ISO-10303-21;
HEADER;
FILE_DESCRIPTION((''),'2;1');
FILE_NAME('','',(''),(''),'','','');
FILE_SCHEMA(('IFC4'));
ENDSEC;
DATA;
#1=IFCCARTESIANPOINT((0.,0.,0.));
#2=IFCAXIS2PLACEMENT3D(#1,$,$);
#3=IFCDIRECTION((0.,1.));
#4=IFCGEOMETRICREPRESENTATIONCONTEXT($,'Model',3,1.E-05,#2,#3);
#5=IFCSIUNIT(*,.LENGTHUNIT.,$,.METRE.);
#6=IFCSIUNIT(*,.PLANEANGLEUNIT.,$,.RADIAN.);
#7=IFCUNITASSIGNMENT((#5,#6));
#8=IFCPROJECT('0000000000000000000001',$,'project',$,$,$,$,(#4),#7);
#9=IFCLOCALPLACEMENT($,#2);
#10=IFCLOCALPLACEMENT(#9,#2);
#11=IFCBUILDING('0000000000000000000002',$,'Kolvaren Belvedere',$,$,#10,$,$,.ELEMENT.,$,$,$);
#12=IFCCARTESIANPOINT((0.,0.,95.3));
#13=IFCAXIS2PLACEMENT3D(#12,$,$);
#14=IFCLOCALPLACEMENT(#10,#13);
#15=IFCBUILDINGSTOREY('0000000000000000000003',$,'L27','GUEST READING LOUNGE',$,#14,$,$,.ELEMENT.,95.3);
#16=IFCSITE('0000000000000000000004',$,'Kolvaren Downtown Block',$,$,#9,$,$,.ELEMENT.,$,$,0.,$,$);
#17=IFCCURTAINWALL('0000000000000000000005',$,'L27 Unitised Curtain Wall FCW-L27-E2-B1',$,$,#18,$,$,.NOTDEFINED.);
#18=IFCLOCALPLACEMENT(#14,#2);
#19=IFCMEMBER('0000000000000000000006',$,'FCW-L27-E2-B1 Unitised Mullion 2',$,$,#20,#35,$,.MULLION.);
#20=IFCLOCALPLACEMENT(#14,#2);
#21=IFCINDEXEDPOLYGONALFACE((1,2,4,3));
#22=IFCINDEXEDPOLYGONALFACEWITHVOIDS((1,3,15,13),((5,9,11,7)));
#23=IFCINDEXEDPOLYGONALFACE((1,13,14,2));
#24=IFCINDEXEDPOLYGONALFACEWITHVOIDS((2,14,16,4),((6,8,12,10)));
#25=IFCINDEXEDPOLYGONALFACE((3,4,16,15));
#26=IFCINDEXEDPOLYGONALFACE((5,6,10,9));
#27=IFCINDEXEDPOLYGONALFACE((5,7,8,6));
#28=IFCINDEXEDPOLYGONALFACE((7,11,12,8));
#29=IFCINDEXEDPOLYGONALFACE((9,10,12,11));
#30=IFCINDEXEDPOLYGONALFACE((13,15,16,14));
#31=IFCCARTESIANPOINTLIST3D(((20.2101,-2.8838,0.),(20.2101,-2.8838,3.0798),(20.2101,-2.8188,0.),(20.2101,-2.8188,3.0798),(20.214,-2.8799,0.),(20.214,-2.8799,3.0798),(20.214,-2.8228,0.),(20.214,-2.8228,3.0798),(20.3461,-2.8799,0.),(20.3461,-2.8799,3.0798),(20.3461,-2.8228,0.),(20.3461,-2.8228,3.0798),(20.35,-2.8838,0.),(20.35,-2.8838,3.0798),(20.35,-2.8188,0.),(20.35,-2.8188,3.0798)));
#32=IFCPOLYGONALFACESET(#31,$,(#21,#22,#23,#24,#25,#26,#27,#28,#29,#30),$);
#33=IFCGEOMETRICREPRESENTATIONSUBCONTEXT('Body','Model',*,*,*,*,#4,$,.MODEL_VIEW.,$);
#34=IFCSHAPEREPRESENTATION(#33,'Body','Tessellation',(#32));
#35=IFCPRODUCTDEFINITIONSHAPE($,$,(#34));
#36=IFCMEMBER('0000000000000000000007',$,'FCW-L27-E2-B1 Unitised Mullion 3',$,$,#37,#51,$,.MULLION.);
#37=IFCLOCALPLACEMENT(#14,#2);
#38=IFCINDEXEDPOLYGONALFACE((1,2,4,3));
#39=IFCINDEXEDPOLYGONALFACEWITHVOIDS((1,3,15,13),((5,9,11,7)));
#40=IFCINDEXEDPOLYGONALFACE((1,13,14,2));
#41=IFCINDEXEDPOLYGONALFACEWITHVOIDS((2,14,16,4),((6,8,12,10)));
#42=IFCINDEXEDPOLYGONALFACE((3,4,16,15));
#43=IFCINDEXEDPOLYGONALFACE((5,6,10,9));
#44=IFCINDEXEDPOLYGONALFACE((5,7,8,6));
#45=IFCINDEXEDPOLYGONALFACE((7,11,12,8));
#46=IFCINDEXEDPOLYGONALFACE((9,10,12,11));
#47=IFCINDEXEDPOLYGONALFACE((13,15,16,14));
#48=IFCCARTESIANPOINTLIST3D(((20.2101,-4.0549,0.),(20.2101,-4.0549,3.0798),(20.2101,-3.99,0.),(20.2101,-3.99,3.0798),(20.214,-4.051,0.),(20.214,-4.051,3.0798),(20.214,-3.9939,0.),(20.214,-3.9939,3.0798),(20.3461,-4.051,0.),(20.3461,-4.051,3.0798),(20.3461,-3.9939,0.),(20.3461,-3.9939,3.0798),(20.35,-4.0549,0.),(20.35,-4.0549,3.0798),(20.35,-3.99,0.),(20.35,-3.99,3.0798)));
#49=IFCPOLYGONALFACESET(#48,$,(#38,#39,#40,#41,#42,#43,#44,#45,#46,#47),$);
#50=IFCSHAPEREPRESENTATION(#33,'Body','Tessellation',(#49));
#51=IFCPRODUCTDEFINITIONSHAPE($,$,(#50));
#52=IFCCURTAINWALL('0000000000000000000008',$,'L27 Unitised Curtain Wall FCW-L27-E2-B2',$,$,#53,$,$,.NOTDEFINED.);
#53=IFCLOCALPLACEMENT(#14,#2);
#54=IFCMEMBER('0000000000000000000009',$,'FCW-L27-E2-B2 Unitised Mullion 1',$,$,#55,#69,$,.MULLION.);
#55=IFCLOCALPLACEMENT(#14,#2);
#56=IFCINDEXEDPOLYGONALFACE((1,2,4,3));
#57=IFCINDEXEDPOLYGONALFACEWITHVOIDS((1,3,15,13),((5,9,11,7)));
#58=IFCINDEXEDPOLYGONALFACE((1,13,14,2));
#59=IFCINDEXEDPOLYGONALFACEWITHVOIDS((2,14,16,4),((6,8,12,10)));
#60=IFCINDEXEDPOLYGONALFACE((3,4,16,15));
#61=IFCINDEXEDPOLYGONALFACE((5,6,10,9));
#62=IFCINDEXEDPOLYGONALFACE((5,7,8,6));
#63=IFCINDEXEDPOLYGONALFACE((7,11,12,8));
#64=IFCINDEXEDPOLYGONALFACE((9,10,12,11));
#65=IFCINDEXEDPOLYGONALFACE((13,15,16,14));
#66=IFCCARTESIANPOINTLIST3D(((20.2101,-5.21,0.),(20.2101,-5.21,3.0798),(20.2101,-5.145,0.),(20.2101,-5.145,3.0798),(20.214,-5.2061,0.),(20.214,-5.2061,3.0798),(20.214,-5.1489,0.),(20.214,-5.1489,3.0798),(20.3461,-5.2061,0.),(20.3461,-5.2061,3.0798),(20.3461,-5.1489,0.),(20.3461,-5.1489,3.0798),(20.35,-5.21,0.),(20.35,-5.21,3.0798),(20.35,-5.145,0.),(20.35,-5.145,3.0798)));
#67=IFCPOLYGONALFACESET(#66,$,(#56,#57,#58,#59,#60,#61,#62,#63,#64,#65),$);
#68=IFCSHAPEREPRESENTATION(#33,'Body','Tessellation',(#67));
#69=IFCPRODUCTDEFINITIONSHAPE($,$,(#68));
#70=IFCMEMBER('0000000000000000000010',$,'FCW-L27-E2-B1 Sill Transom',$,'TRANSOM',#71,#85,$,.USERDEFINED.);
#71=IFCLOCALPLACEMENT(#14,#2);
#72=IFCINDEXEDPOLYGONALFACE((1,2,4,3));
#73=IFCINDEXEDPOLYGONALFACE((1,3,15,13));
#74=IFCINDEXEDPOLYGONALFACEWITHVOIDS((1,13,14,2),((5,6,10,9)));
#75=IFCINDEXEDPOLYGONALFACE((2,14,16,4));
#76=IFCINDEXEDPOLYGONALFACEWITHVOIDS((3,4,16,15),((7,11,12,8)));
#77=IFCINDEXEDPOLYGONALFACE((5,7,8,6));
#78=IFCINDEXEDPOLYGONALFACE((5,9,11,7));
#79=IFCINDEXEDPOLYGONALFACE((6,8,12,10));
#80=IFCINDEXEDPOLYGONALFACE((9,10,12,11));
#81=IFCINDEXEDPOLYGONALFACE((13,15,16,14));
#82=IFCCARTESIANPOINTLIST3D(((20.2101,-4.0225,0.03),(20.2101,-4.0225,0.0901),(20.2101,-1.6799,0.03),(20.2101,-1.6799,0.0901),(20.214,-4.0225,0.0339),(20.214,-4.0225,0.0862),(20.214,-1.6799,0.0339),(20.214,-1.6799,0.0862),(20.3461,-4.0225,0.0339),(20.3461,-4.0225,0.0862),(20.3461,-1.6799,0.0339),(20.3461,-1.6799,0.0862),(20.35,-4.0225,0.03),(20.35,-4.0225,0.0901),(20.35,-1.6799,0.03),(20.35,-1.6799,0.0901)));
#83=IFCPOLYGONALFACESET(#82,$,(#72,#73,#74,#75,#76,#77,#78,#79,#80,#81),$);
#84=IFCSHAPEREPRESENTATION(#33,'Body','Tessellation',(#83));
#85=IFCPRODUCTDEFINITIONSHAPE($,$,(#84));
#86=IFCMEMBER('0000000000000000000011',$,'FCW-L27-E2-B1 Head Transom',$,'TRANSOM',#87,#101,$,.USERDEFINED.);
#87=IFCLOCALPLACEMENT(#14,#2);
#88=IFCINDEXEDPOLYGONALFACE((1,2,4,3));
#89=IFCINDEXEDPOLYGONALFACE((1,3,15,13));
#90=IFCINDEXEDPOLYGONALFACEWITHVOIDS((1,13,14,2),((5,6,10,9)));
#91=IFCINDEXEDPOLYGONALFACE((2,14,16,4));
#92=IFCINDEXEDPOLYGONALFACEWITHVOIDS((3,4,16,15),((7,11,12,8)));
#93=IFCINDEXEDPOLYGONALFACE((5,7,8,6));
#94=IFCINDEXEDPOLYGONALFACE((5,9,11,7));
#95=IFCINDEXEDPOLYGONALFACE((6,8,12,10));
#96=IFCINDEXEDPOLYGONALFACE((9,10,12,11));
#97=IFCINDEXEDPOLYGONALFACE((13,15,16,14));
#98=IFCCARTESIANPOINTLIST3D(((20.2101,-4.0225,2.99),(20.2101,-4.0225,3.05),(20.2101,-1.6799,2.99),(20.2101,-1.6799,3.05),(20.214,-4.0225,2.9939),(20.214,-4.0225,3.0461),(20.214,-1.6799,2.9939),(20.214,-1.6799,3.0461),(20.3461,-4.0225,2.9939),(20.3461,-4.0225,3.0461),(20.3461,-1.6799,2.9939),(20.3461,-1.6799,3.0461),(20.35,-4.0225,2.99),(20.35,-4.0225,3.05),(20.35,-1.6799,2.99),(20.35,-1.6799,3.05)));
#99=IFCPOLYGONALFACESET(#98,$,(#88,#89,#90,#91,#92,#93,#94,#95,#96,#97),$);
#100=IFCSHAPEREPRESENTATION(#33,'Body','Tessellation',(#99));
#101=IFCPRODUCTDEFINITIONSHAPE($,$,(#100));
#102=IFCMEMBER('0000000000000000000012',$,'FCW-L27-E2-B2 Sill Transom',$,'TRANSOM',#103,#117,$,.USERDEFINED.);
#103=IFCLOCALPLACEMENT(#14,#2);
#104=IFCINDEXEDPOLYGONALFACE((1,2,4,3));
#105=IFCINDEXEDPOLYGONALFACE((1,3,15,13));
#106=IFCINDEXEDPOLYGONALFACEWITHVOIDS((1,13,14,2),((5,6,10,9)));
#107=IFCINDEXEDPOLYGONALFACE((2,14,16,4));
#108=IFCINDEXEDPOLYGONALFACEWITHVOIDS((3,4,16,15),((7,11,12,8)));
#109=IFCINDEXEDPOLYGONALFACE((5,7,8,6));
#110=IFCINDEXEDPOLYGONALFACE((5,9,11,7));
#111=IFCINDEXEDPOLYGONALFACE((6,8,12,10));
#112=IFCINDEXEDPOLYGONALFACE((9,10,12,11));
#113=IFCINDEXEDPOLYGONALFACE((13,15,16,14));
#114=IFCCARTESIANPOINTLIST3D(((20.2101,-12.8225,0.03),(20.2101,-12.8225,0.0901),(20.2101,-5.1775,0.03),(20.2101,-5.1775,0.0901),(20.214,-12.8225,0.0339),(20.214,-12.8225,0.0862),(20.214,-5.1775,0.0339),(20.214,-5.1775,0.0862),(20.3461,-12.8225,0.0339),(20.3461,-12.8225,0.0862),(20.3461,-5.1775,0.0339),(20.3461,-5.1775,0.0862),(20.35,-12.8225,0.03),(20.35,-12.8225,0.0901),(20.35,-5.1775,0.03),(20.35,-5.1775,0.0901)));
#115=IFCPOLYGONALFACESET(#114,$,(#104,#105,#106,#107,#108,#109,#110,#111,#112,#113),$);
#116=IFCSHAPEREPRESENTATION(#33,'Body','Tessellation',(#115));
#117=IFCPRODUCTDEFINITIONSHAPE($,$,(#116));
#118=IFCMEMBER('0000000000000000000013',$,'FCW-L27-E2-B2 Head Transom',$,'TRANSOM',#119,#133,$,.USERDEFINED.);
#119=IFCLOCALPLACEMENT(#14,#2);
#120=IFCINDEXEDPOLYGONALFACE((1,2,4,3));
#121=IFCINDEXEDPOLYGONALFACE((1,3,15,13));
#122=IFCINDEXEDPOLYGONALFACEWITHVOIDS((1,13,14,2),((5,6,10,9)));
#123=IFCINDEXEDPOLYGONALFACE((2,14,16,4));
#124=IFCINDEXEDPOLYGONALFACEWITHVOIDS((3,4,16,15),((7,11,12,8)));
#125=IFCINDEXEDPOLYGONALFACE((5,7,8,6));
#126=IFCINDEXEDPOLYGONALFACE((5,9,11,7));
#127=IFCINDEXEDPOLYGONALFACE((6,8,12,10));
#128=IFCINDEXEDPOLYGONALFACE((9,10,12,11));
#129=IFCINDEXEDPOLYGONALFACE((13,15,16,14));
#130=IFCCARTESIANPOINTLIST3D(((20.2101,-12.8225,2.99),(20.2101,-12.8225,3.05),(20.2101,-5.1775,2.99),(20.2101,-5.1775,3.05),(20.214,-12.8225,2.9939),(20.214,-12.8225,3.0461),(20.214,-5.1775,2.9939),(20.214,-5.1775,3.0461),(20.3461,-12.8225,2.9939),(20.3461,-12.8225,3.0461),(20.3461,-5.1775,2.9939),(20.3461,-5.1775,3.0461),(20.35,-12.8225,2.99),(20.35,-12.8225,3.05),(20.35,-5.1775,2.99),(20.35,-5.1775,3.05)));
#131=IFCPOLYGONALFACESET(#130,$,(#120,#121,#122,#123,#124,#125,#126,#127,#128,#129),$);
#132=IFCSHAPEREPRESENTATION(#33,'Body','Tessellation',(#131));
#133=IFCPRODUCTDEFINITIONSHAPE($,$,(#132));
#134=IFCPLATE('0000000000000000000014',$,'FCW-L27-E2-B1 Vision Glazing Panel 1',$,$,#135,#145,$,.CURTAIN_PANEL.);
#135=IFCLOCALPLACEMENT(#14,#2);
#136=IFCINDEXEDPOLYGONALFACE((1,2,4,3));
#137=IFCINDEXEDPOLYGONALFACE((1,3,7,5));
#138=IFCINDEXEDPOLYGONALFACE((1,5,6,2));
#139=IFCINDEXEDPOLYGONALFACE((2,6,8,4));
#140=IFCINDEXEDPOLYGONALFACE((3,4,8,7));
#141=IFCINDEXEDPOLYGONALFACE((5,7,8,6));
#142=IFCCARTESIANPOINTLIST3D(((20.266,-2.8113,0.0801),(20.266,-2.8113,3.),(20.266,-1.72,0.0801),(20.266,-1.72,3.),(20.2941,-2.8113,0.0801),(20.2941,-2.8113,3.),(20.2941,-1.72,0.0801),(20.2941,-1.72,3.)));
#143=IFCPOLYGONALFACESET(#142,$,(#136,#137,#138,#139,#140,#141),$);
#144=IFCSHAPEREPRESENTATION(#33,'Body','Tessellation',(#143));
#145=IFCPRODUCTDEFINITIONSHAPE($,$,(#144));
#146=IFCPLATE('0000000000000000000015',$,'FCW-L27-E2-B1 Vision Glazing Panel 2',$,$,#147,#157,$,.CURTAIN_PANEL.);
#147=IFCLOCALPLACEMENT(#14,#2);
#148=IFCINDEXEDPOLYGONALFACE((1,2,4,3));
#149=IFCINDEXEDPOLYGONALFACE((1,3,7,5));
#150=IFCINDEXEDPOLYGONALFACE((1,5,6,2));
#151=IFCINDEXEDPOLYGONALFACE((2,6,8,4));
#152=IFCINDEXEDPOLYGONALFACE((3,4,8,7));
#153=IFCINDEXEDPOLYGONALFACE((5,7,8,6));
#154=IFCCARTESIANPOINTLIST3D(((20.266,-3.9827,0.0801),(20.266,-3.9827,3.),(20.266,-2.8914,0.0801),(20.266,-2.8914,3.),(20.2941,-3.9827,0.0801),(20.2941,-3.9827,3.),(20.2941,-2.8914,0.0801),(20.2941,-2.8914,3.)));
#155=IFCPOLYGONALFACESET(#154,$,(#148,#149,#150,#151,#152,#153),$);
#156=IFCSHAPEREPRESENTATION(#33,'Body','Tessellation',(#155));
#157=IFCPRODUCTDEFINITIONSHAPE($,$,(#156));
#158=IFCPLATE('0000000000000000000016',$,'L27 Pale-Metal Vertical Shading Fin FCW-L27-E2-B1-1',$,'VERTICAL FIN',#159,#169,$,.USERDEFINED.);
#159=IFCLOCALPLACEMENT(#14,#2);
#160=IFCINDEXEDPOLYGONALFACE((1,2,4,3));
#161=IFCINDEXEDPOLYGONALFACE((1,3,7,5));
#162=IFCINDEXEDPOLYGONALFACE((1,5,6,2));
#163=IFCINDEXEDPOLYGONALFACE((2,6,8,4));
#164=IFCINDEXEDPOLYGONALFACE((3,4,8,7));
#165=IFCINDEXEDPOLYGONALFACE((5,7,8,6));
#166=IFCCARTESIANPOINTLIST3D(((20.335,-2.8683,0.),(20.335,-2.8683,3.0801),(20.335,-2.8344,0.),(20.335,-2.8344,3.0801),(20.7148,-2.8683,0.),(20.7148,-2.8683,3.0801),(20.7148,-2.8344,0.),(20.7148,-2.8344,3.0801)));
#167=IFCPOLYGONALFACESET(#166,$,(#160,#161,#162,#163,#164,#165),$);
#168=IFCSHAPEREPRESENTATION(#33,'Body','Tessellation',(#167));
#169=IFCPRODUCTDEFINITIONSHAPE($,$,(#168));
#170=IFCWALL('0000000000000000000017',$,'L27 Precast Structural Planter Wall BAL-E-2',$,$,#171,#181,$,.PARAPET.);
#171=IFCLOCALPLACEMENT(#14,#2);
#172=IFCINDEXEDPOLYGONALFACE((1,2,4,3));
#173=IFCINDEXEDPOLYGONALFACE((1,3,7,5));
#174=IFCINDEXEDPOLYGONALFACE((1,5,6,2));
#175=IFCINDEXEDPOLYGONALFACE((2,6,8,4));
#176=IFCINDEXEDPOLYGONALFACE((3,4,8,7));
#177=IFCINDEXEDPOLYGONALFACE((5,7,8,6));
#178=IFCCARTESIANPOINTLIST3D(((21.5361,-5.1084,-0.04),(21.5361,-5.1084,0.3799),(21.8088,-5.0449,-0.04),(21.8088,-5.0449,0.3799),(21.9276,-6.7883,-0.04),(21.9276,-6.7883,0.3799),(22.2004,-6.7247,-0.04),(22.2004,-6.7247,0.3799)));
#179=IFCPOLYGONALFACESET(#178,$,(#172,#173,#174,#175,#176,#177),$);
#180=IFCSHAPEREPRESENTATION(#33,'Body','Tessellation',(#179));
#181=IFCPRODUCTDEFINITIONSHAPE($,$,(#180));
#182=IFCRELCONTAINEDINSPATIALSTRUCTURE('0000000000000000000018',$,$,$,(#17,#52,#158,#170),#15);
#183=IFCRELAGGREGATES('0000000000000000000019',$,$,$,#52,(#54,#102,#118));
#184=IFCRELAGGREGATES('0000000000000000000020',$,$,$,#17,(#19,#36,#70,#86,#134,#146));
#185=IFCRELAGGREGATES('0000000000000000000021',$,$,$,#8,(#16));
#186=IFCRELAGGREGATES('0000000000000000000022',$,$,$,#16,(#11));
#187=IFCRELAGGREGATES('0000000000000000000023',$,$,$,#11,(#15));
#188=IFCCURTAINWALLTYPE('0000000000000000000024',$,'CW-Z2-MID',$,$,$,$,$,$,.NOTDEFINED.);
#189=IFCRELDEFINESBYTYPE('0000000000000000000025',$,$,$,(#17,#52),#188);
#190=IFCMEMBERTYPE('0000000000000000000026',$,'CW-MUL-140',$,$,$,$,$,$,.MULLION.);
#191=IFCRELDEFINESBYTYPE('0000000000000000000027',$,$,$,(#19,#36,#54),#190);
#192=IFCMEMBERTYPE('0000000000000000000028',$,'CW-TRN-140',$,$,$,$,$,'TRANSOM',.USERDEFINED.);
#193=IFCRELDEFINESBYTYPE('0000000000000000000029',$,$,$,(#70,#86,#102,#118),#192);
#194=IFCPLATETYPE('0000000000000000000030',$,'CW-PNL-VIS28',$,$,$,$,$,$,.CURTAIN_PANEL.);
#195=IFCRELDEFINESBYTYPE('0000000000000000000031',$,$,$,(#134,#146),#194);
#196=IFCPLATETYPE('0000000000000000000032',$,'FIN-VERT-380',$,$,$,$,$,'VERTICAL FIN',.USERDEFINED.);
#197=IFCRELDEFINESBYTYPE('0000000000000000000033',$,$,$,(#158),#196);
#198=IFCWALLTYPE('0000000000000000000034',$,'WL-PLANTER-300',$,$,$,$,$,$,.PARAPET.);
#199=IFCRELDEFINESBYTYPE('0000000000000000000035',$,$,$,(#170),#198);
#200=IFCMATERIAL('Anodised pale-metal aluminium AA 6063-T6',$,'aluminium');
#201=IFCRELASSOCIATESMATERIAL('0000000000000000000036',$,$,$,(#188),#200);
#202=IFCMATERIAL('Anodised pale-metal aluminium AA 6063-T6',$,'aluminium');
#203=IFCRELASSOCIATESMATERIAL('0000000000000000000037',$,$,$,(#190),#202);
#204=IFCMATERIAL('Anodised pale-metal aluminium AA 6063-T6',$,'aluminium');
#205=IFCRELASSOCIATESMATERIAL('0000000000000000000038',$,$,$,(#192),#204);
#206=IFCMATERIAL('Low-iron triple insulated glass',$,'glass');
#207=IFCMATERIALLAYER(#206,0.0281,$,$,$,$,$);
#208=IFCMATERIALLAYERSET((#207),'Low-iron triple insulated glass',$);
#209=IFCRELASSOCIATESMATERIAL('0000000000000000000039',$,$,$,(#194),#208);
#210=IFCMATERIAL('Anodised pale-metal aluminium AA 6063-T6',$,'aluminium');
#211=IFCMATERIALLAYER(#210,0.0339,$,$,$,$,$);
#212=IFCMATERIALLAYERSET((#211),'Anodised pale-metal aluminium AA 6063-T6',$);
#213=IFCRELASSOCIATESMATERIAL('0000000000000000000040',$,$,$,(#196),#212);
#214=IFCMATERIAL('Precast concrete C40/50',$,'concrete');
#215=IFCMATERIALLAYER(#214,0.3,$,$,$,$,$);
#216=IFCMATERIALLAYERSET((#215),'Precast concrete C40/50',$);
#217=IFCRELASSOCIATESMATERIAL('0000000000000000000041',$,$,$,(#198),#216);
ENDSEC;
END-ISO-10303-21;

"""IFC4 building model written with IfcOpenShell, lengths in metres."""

from ifc_helpers import new_model, si_unit, direction, frame, frame_2d, origin, origin_2d, place, context, subcontext, project, spatial, rectangle, hollow_rectangle, extrude, material, layer, layer_set, material_profile, profile_set, type_object, element, aggregate, save


model = new_model("IFC4")

# Units and contexts
model_context = context("Model", 3, precision=1e-05, world=origin(), true_north=direction((0.0, 1.0)))
body_context = subcontext(model_context, "Body", "Model", "MODEL_VIEW")
ifc_project = project(units=[si_unit("LENGTHUNIT", "METRE"), si_unit("PLANEANGLEUNIT", "RADIAN")], contexts=[model_context])

# Site, building, storey
site_placement = place(None, origin())
site = spatial("IfcSite", under=ifc_project, at=site_placement, Name="Kolvaren Downtown Block", CompositionType="ELEMENT", RefElevation=0.0)
building_placement = place(site_placement, origin())
building = spatial("IfcBuilding", under=site, at=building_placement, Name="Kolvaren Belvedere", CompositionType="ELEMENT")
storey_placement = place(building_placement, frame((0.0, 0.0, 95.3)))
storey = spatial("IfcBuildingStorey", under=building, at=storey_placement, Name="L27", Description="GUEST READING LOUNGE", CompositionType="ELEMENT", Elevation=95.3)

# Curtain wall, members
ifc_material_1 = material(Name="Anodised pale-metal aluminium AA 6063-T6", Category="aluminium")
curtain_wall_type = type_object("IfcCurtainWallType", Name="CW-Z2-MID", PredefinedType="NOTDEFINED", material=ifc_material_1)
curtain_wall_1_placement = place(storey_placement, origin())
curtain_wall_1 = element("IfcCurtainWall", 1, at=curtain_wall_1_placement, inside=storey, type_object=curtain_wall_type, Name="L27 Unitised Curtain Wall FCW-L27-E2-B1", PredefinedType="NOTDEFINED")
ifc_material_2 = material(Name="Anodised pale-metal aluminium AA 6063-T6", Category="aluminium")
ifc_material_profile_1 = material_profile(ifc_material_2, hollow_rectangle(XDim=0.0649, YDim=0.1399, WallThickness=0.0039, at=origin_2d()), Name="ALU-MUL-140X65")
ifc_profile_set_1 = profile_set([ifc_material_profile_1], Name="Anodised pale-metal aluminium AA 6063-T6")
member_type_1 = type_object("IfcMemberType", Name="CW-MUL-140", PredefinedType="MULLION", material=ifc_profile_set_1)
member_1_placement = place(storey_placement, frame((20.28, -2.8513, 0.0), z_axis=(0.0, 0.0, 1.0), x_axis=(0.0, 1.0, 0.0)))
member_1 = element("IfcMember", 2, at=member_1_placement, type_object=member_type_1, Name="FCW-L27-E2-B1 Unitised Mullion 2", PredefinedType="MULLION", context=body_context, shape_type="SweptSolid", body=[
    extrude(hollow_rectangle(XDim=0.0649, YDim=0.1399, WallThickness=0.0039, at=origin_2d()), origin(), (0.0, 0.0, 1.0), 3.0798),
])
member_2_placement = place(storey_placement, frame((20.28, -4.0225, 0.0), z_axis=(0.0, 0.0, 1.0), x_axis=(0.0, 1.0, 0.0)))
member_2 = element("IfcMember", 3, at=member_2_placement, type_object=member_type_1, Name="FCW-L27-E2-B1 Unitised Mullion 3", PredefinedType="MULLION", context=body_context, shape_type="SweptSolid", body=[
    extrude(hollow_rectangle(XDim=0.0649, YDim=0.1399, WallThickness=0.0039, at=origin_2d()), origin(), (0.0, 0.0, 1.0), 3.0798),
])

# Curtain wall, member
curtain_wall_2_placement = place(storey_placement, origin())
curtain_wall_2 = element("IfcCurtainWall", 4, at=curtain_wall_2_placement, inside=storey, type_object=curtain_wall_type, Name="L27 Unitised Curtain Wall FCW-L27-E2-B2", PredefinedType="NOTDEFINED")
member_3_placement = place(storey_placement, frame((20.28, -5.1775, 0.0), z_axis=(0.0, 0.0, 1.0), x_axis=(0.0, 1.0, 0.0)))
member_3 = element("IfcMember", 5, at=member_3_placement, type_object=member_type_1, Name="FCW-L27-E2-B2 Unitised Mullion 1", PredefinedType="MULLION", context=body_context, shape_type="SweptSolid", body=[
    extrude(hollow_rectangle(XDim=0.0649, YDim=0.1399, WallThickness=0.0039, at=origin_2d()), origin(), (0.0, 0.0, 1.0), 3.0798),
])

# Members
ifc_material_3 = material(Name="Anodised pale-metal aluminium AA 6063-T6", Category="aluminium")
ifc_material_profile_2 = material_profile(ifc_material_3, hollow_rectangle(XDim=0.0601, YDim=0.1399, WallThickness=0.0039, at=origin_2d()), Name="ALU-TRN-140X60")
ifc_profile_set_2 = profile_set([ifc_material_profile_2], Name="Anodised pale-metal aluminium AA 6063-T6")
member_type_2 = type_object("IfcMemberType", Name="CW-TRN-140", ElementType="TRANSOM", PredefinedType="USERDEFINED", material=ifc_profile_set_2)
member_4_placement = place(storey_placement, frame((20.28, -1.6799, 0.0601), z_axis=(0.0, -1.0, 0.0), x_axis=(0.0, 0.0, 1.0)))
member_4 = element("IfcMember", 6, at=member_4_placement, type_object=member_type_2, Name="FCW-L27-E2-B1 Sill Transom", ObjectType="TRANSOM", PredefinedType="USERDEFINED", context=body_context, shape_type="SweptSolid", body=[
    extrude(hollow_rectangle(XDim=0.0601, YDim=0.1399, WallThickness=0.0039, at=origin_2d()), origin(), (0.0, 0.0, 1.0), 2.3425),
])
member_5_placement = place(storey_placement, frame((20.28, -1.6799, 3.02), z_axis=(0.0, -1.0, 0.0), x_axis=(0.0, 0.0, 1.0)))
member_5 = element("IfcMember", 7, at=member_5_placement, type_object=member_type_2, Name="FCW-L27-E2-B1 Head Transom", ObjectType="TRANSOM", PredefinedType="USERDEFINED", context=body_context, shape_type="SweptSolid", body=[
    extrude(hollow_rectangle(XDim=0.0601, YDim=0.1399, WallThickness=0.0039, at=origin_2d()), origin(), (0.0, 0.0, 1.0), 2.3425),
])
member_6_placement = place(storey_placement, frame((20.28, -5.1775, 0.0601), z_axis=(0.0, -1.0, 0.0), x_axis=(0.0, 0.0, 1.0)))
member_6 = element("IfcMember", 8, at=member_6_placement, type_object=member_type_2, Name="FCW-L27-E2-B2 Sill Transom", ObjectType="TRANSOM", PredefinedType="USERDEFINED", context=body_context, shape_type="SweptSolid", body=[
    extrude(hollow_rectangle(XDim=0.0601, YDim=0.1399, WallThickness=0.0039, at=origin_2d()), origin(), (0.0, 0.0, 1.0), 7.645),
])
member_7_placement = place(storey_placement, frame((20.28, -5.1775, 3.02), z_axis=(0.0, -1.0, 0.0), x_axis=(0.0, 0.0, 1.0)))
member_7 = element("IfcMember", 9, at=member_7_placement, type_object=member_type_2, Name="FCW-L27-E2-B2 Head Transom", ObjectType="TRANSOM", PredefinedType="USERDEFINED", context=body_context, shape_type="SweptSolid", body=[
    extrude(hollow_rectangle(XDim=0.0601, YDim=0.1399, WallThickness=0.0039, at=origin_2d()), origin(), (0.0, 0.0, 1.0), 7.645),
])
aggregate(curtain_wall_2, [member_3, member_6, member_7])

# Plates
ifc_material_4 = material(Name="Low-iron triple insulated glass", Category="glass")
ifc_layer_1 = layer(ifc_material_4, 0.0281)
ifc_layer_set_1 = layer_set([ifc_layer_1], Name="Low-iron triple insulated glass")
plate_type_1 = type_object("IfcPlateType", Name="CW-PNL-VIS28", PredefinedType="CURTAIN_PANEL", material=ifc_layer_set_1)
plate_1_placement = place(storey_placement, frame((20.28, -2.2656, 0.0801), z_axis=(0.0, 0.0, 1.0), x_axis=(0.0, -1.0, 0.0)))
plate_1 = element("IfcPlate", 10, at=plate_1_placement, type_object=plate_type_1, Name="FCW-L27-E2-B1 Vision Glazing Panel 1", PredefinedType="CURTAIN_PANEL", context=body_context, shape_type="SweptSolid", body=[
    extrude(rectangle(XDim=1.0913, YDim=0.0281, at=origin_2d()), origin(), (0.0, 0.0, 1.0), 2.9199),
])
plate_2_placement = place(storey_placement, frame((20.28, -3.437, 0.0801), z_axis=(0.0, 0.0, 1.0), x_axis=(0.0, -1.0, 0.0)))
plate_2 = element("IfcPlate", 11, at=plate_2_placement, type_object=plate_type_1, Name="FCW-L27-E2-B1 Vision Glazing Panel 2", PredefinedType="CURTAIN_PANEL", context=body_context, shape_type="SweptSolid", body=[
    extrude(rectangle(XDim=1.0913, YDim=0.0281, at=origin_2d()), origin(), (0.0, 0.0, 1.0), 2.9199),
])
aggregate(curtain_wall_1, [member_1, member_2, member_4, member_5, plate_1, plate_2])
ifc_material_5 = material(Name="Anodised pale-metal aluminium AA 6063-T6", Category="aluminium")
ifc_layer_2 = layer(ifc_material_5, 0.0339)
ifc_layer_set_2 = layer_set([ifc_layer_2], Name="Anodised pale-metal aluminium AA 6063-T6")
plate_type_2 = type_object("IfcPlateType", Name="FIN-VERT-380", ElementType="VERTICAL FIN", PredefinedType="USERDEFINED", material=ifc_layer_set_2)
plate_3_placement = place(storey_placement, frame((20.5249, -2.8513, 0.0), z_axis=(0.0, 0.0, 1.0), x_axis=(1.0, 0.0, 0.0)))
element("IfcPlate", 12, at=plate_3_placement, inside=storey, type_object=plate_type_2, Name="L27 Pale-Metal Vertical Shading Fin FCW-L27-E2-B1-1", ObjectType="VERTICAL FIN", PredefinedType="USERDEFINED", context=body_context, shape_type="SweptSolid", body=[
    extrude(rectangle(XDim=0.3799, YDim=0.0339, at=origin_2d()), origin(), (0.0, 0.0, 1.0), 3.0801),
])

# Wall
ifc_material_6 = material(Name="Precast concrete C40/50", Category="concrete")
ifc_layer_3 = layer(ifc_material_6, 0.3)
ifc_layer_set_3 = layer_set([ifc_layer_3], Name="Precast concrete C40/50")
wall_type = type_object("IfcWallType", Name="WL-PLANTER-300", PredefinedType="PARAPET", material=ifc_layer_set_3)
wall_1_placement = place(storey_placement, frame((22.064, -6.7563, -0.04), z_axis=(0.0, 0.0, 1.0), x_axis=(-0.227019, 0.97389, 0.0)))
element("IfcWall", 13, at=wall_1_placement, inside=storey, type_object=wall_type, Name="L27 Precast Structural Planter Wall BAL-E-2", PredefinedType="PARAPET", context=body_context, shape_type="SweptSolid", body=[
    extrude(rectangle(XDim=1.7249, YDim=0.28, at=frame_2d((0.8623, 0.0))), origin(), (0.0, 0.0, 1.0), 0.4199),
])

save(model, "model.ifc")
